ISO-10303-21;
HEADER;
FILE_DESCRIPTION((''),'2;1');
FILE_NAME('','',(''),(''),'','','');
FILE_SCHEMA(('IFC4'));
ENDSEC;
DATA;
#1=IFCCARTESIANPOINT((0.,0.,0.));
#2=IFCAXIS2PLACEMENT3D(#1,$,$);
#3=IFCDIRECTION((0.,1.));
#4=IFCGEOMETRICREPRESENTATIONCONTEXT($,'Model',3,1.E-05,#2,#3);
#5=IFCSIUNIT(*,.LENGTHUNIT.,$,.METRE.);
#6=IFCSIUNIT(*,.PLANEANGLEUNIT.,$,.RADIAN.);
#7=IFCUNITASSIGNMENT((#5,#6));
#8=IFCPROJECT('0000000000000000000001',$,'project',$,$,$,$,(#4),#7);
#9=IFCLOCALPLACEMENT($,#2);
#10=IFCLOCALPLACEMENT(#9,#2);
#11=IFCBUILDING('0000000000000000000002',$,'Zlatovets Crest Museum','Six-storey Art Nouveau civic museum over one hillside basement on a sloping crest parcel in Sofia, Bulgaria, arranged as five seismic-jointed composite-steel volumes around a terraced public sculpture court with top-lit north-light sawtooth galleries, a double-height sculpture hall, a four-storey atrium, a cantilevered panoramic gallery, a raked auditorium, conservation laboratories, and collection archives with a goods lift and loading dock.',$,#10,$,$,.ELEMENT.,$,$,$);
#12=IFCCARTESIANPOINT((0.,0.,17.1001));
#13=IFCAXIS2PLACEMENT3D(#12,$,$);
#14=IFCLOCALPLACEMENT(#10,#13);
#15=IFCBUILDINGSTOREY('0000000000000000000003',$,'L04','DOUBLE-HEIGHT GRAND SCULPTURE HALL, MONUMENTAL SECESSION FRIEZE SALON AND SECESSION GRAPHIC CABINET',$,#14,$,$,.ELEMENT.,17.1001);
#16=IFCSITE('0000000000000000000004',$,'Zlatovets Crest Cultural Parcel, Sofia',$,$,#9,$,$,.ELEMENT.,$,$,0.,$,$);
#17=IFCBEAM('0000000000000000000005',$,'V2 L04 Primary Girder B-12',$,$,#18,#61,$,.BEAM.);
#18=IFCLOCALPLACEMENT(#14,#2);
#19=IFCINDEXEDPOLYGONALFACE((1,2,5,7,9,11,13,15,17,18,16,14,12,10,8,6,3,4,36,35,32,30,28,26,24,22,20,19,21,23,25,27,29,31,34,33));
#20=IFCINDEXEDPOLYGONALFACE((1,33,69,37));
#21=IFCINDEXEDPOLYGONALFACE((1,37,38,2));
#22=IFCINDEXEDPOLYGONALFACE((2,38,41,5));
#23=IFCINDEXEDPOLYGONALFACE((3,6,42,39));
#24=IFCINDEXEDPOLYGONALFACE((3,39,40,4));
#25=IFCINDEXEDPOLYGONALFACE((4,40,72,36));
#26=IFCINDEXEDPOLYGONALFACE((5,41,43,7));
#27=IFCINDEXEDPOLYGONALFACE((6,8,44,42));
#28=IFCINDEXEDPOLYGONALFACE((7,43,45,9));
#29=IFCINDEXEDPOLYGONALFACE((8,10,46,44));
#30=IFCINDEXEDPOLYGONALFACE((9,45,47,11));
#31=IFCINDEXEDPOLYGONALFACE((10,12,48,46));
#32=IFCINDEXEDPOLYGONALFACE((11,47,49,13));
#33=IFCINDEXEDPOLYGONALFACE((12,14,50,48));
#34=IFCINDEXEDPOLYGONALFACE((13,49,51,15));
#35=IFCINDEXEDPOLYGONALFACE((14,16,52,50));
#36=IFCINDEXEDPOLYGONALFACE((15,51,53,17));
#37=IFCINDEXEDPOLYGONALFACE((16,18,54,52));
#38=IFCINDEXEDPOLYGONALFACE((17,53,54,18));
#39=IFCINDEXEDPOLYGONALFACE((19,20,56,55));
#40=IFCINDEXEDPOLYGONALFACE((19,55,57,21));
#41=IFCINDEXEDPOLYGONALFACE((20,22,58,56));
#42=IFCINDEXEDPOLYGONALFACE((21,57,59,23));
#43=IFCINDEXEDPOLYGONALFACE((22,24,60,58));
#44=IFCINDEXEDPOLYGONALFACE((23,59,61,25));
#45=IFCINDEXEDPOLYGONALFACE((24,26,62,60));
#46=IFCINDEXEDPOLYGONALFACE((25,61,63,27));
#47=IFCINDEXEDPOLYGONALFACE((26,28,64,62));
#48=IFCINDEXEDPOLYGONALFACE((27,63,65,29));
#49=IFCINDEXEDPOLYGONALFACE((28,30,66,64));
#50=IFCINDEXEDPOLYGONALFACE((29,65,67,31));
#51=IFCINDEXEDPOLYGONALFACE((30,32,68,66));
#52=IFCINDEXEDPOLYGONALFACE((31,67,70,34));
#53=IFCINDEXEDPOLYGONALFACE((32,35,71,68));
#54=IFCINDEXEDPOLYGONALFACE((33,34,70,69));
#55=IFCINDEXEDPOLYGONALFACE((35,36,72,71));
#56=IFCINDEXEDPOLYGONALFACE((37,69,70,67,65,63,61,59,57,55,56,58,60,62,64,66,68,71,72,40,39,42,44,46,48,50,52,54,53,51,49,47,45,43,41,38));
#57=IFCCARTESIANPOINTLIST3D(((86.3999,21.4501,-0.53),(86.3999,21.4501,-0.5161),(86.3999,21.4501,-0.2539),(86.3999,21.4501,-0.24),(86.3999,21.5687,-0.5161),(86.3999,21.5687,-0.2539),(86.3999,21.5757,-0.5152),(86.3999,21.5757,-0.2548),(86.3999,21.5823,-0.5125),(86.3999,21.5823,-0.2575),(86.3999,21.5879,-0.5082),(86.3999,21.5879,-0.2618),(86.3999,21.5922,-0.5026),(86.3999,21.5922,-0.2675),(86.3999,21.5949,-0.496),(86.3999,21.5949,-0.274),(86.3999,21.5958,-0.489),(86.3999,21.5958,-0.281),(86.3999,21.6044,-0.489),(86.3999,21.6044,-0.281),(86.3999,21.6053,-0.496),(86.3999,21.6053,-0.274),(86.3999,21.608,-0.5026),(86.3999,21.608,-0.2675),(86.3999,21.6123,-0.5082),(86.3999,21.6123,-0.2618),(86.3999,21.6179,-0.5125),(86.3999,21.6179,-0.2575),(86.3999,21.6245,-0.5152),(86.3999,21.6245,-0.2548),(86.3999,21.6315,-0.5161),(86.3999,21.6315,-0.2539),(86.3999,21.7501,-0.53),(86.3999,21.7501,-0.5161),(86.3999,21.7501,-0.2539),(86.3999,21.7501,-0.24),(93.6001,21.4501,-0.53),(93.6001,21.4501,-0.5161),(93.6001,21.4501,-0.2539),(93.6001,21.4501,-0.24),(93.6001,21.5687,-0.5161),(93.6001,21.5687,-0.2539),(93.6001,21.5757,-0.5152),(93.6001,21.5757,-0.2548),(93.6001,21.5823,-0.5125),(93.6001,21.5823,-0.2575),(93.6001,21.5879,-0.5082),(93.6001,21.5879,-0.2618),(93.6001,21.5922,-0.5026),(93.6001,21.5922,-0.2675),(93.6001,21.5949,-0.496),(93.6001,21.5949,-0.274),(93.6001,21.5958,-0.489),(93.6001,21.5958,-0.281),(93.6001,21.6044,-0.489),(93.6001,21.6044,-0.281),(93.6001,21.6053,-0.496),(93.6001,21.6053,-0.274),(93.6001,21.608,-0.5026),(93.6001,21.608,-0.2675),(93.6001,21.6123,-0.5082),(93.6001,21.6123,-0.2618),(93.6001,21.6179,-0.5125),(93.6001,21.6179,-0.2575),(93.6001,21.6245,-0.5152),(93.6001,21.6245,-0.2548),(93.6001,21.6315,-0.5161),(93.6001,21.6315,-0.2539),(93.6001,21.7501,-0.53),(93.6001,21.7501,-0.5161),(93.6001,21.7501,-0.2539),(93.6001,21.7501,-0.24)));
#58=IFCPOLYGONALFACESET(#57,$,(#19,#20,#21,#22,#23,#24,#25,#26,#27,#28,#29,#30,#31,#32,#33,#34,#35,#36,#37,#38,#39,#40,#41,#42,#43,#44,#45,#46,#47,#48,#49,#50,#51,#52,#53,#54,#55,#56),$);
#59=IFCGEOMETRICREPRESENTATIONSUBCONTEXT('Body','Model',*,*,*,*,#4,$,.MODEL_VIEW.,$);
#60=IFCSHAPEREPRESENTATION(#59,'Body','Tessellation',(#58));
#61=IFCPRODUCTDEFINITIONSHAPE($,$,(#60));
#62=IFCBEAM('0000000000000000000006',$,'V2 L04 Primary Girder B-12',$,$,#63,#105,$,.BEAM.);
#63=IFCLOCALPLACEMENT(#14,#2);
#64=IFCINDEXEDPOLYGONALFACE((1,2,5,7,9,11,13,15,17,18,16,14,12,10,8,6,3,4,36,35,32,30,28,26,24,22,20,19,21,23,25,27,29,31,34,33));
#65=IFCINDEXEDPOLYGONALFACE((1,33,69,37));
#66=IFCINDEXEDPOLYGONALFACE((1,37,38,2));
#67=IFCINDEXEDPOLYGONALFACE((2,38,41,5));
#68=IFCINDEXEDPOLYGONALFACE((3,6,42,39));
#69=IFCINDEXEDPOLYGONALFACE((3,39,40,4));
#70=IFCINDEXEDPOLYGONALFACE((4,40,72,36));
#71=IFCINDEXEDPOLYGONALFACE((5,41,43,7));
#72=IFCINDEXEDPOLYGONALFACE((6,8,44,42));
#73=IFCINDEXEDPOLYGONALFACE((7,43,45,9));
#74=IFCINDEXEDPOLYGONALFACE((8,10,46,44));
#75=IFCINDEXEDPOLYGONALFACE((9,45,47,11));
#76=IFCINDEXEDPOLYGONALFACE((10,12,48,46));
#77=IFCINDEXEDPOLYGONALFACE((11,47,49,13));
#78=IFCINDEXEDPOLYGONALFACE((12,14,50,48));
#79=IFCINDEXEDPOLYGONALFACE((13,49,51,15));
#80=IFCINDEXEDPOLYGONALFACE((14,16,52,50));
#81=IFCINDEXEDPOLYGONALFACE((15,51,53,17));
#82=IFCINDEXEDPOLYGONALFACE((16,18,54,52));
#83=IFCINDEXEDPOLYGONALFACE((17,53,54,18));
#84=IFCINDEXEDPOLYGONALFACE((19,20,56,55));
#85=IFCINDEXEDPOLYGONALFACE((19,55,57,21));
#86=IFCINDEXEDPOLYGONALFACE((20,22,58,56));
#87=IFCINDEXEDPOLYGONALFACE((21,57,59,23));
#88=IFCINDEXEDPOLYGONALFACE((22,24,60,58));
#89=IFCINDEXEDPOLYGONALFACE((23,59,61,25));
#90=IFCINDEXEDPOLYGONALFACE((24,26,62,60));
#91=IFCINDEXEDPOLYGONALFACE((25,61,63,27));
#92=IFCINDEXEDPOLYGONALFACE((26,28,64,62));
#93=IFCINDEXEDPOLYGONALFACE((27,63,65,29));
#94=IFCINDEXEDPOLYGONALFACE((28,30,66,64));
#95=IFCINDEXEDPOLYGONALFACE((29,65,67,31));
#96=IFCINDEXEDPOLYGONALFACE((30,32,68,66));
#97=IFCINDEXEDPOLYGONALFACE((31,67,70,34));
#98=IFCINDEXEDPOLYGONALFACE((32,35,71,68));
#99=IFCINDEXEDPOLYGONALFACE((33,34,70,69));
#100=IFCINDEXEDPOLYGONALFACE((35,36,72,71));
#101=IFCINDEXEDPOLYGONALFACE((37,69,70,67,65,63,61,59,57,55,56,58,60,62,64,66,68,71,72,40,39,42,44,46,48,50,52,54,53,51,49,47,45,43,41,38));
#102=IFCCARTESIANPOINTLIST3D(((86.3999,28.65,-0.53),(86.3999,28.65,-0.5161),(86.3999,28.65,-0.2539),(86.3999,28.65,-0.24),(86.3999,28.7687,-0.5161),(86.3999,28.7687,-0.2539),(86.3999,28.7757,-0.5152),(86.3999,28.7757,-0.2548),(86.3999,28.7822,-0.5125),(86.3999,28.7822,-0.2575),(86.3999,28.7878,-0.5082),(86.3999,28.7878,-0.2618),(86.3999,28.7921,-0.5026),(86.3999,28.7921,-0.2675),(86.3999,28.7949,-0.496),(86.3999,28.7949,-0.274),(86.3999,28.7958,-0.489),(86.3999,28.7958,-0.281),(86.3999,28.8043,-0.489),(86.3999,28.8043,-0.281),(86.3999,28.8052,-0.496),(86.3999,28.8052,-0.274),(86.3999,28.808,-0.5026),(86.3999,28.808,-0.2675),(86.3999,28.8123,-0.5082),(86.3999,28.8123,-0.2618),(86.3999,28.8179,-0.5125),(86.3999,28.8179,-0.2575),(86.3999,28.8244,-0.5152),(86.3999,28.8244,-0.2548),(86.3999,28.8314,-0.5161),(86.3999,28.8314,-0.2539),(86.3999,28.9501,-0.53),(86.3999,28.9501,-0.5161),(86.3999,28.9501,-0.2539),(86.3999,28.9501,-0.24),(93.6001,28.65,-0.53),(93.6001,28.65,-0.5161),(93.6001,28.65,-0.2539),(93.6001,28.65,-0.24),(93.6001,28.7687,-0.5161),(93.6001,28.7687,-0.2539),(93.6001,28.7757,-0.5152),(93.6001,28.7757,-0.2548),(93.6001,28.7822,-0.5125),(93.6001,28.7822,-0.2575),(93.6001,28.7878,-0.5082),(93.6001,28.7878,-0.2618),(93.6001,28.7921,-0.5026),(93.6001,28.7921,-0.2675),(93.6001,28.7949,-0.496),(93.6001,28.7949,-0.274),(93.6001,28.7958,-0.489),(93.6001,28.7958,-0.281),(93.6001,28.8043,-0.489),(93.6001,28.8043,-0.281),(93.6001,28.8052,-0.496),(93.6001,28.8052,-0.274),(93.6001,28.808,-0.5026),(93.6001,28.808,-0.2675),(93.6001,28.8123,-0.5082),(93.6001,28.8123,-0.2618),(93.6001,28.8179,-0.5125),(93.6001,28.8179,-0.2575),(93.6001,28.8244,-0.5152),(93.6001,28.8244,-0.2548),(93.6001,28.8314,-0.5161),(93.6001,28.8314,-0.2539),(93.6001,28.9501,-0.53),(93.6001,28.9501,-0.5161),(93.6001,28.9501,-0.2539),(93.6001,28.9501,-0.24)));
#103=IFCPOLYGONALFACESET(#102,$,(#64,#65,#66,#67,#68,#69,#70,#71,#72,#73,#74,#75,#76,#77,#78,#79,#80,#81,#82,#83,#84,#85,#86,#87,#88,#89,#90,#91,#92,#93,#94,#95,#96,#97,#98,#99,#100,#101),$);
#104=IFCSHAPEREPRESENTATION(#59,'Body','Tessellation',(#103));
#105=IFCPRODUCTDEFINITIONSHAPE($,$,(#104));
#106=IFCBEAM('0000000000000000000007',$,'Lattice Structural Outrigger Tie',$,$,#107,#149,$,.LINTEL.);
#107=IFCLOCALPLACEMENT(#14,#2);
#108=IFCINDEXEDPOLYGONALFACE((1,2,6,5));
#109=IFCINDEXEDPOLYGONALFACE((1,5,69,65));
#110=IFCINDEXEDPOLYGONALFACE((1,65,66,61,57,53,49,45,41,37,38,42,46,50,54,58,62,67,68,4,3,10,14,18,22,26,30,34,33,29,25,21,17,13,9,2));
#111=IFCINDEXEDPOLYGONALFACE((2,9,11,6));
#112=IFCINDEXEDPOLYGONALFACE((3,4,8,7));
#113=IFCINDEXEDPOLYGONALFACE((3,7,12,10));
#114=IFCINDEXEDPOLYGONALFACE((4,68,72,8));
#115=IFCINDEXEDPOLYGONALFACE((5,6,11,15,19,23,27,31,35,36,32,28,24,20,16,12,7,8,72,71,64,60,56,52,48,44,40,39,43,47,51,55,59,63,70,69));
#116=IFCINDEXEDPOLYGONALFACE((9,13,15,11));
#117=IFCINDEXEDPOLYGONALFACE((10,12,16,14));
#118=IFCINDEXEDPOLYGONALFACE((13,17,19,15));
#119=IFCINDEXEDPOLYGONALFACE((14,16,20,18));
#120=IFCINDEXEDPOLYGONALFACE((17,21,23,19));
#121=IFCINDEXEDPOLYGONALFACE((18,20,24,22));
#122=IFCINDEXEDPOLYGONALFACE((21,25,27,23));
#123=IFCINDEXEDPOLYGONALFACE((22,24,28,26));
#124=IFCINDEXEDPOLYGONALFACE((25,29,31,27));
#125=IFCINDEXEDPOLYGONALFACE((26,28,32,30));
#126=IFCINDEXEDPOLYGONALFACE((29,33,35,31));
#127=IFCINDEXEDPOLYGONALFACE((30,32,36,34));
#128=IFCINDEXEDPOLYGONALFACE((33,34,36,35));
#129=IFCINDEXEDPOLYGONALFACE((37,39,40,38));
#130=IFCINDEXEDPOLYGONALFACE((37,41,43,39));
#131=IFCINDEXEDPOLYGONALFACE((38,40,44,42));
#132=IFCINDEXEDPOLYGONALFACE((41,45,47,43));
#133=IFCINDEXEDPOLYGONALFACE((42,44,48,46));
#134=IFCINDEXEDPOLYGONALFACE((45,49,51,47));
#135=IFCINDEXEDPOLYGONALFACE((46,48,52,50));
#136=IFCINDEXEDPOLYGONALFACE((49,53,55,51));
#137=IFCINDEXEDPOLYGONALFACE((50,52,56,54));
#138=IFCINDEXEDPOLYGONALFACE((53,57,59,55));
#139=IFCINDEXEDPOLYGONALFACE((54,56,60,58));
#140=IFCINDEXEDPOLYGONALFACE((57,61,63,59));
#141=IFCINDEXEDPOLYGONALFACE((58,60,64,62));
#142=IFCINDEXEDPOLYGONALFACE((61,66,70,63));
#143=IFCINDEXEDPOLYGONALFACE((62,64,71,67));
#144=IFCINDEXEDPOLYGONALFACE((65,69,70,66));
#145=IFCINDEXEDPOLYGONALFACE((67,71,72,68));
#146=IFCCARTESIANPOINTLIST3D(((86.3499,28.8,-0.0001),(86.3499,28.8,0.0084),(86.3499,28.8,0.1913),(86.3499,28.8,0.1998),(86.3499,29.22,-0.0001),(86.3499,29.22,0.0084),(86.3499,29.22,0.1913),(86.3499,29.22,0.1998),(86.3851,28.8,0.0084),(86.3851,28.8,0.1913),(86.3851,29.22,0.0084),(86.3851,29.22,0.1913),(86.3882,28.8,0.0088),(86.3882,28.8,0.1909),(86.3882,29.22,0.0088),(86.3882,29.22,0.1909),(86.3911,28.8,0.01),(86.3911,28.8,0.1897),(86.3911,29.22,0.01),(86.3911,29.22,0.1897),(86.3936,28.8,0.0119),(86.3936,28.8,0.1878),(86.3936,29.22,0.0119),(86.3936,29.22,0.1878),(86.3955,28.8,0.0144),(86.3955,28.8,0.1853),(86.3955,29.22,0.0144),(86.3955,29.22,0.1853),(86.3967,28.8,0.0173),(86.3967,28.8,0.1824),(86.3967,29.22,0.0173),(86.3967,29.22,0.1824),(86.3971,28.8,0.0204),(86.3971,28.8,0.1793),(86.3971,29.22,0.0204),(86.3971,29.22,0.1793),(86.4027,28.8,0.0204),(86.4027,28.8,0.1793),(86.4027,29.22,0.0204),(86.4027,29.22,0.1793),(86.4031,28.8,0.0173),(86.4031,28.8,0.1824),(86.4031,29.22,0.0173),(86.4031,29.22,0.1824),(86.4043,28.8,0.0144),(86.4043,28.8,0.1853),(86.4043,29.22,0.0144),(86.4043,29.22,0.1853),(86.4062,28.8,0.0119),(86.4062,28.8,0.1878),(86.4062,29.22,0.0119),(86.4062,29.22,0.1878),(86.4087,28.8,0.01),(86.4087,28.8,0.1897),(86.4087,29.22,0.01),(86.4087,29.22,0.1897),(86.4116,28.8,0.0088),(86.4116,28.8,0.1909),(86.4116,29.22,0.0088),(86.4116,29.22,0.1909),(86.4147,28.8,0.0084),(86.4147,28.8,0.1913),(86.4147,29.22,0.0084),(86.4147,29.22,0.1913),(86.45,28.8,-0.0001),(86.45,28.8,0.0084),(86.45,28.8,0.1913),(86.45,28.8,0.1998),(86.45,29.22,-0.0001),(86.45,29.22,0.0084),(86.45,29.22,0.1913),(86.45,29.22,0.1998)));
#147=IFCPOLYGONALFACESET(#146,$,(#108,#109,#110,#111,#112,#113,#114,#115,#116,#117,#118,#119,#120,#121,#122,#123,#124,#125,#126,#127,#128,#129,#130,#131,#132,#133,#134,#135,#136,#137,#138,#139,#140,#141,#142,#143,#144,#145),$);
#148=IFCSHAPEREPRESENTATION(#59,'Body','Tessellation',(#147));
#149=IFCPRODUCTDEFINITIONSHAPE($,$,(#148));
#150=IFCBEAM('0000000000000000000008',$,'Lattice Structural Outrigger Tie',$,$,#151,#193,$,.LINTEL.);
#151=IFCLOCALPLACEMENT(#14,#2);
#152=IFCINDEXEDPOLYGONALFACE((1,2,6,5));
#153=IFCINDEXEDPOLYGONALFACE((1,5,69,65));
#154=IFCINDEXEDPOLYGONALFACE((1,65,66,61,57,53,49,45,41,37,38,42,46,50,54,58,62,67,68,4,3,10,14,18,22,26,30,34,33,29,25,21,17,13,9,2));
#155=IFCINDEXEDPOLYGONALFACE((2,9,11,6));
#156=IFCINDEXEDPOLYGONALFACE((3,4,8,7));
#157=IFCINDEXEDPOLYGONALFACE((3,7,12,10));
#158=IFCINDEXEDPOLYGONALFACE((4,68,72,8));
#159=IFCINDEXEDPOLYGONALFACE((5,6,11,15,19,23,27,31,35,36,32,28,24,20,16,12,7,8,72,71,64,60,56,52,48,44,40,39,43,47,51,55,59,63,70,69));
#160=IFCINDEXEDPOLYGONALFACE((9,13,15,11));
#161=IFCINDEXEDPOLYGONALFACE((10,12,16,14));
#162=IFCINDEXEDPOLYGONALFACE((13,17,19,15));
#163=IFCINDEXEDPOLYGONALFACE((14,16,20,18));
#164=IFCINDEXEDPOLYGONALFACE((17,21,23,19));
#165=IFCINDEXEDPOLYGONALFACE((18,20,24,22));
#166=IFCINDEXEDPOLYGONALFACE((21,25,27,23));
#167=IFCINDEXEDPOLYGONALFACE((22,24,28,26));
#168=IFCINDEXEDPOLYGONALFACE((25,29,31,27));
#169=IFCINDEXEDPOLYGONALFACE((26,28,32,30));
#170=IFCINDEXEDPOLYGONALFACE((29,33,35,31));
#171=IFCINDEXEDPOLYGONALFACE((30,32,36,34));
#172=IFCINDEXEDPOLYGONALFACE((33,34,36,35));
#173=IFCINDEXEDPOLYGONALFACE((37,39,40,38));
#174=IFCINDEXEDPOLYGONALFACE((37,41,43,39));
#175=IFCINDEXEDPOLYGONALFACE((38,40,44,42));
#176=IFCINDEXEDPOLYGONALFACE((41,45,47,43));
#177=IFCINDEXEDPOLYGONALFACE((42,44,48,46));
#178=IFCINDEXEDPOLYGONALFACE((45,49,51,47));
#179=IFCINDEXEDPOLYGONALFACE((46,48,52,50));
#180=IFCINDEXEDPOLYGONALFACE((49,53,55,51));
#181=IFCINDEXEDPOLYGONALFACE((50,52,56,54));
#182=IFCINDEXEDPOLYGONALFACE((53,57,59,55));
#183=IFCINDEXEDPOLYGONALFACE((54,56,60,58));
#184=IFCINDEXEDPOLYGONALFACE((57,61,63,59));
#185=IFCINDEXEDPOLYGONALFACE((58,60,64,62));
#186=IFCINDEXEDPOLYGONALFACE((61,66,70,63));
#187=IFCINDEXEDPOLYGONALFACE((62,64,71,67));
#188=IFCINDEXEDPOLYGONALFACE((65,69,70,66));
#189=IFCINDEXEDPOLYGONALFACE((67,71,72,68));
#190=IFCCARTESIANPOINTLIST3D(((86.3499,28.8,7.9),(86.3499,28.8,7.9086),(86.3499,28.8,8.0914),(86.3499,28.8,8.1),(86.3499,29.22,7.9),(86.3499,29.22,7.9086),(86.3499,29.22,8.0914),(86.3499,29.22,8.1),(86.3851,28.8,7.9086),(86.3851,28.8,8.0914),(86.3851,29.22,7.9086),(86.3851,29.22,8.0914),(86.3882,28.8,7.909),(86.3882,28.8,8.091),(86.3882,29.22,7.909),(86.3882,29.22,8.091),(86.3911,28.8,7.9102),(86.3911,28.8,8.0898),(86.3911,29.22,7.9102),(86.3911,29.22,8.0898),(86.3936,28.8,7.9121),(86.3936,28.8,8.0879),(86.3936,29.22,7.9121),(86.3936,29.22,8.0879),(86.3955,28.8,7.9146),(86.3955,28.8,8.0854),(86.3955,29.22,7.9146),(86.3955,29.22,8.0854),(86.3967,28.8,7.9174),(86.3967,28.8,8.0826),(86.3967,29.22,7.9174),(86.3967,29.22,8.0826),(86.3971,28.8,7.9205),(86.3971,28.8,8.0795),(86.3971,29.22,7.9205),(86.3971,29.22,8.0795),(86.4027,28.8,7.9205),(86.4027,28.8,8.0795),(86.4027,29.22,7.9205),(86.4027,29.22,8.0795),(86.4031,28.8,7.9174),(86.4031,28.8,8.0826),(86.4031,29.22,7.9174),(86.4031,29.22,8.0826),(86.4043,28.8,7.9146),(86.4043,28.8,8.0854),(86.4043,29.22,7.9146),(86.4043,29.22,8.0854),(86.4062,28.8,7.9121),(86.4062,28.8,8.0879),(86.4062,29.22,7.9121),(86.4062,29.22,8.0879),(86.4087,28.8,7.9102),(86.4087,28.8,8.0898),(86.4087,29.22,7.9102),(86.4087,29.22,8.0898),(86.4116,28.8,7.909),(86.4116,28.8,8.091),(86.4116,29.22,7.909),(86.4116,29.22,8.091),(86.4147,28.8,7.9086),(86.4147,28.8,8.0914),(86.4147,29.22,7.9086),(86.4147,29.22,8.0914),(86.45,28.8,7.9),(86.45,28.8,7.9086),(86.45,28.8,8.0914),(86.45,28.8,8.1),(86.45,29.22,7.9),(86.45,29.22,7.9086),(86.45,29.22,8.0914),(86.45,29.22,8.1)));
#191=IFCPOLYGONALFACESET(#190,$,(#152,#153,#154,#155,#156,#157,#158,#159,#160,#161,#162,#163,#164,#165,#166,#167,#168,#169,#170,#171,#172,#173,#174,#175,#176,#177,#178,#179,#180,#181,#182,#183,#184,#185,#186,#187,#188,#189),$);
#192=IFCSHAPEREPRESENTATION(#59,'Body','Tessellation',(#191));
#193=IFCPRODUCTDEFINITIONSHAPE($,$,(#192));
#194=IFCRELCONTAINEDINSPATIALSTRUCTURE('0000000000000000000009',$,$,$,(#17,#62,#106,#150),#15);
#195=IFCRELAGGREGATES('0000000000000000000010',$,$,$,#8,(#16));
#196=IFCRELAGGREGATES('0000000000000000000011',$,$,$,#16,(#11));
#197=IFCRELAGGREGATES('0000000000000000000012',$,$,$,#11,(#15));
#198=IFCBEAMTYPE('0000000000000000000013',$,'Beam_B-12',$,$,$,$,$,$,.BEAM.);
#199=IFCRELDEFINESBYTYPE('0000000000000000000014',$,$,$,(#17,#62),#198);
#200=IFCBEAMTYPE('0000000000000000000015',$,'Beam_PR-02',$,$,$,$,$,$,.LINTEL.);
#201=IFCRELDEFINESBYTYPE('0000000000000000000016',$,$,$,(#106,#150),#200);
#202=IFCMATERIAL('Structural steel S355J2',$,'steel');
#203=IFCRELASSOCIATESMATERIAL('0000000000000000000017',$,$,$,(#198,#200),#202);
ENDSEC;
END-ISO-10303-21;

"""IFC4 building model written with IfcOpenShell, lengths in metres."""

from ifc_helpers import new_model, si_unit, direction, frame, origin, origin_2d, place, context, subcontext, project, spatial, i_section, extrude, material, material_profile, profile_set, type_object, element, save


model = new_model("IFC4")

# Units and contexts
model_context = context("Model", 3, precision=1e-05, world=origin(), true_north=direction((0.0, 1.0)))
body_context = subcontext(model_context, "Body", "Model", "MODEL_VIEW")
ifc_project = project(units=[si_unit("LENGTHUNIT", "METRE"), si_unit("PLANEANGLEUNIT", "RADIAN")], contexts=[model_context])

# Site, building, storey
site_placement = place(None, origin())
site = spatial("IfcSite", under=ifc_project, at=site_placement, Name="Zlatovets Crest Cultural Parcel, Sofia", CompositionType="ELEMENT", RefElevation=0.0)
building_placement = place(site_placement, origin())
building = spatial("IfcBuilding", under=site, at=building_placement, Name="Zlatovets Crest Museum", Description="Six-storey Art Nouveau civic museum over one hillside basement on a sloping crest parcel in Sofia, Bulgaria, arranged as five seismic-jointed composite-steel volumes around a terraced public sculpture court with top-lit north-light sawtooth galleries, a double-height sculpture hall, a four-storey atrium, a cantilevered panoramic gallery, a raked auditorium, conservation laboratories, and collection archives with a goods lift and loading dock.", CompositionType="ELEMENT")
storey_placement = place(building_placement, frame((0.0, 0.0, 17.1001)))
storey = spatial("IfcBuildingStorey", under=building, at=storey_placement, Name="L04", Description="DOUBLE-HEIGHT GRAND SCULPTURE HALL, MONUMENTAL SECESSION FRIEZE SALON AND SECESSION GRAPHIC CABINET", CompositionType="ELEMENT", Elevation=17.1001)

# Shared definitions
ifc_material_1 = material(Name="Structural steel S355J2", Category="steel")

# Beams
ifc_material_profile_1 = material_profile(ifc_material_1, i_section(OverallWidth=0.3, OverallDepth=0.29, WebThickness=0.0085, FlangeThickness=0.0139, FilletRadius=0.0271, at=origin_2d()), Name="HEA 300")
ifc_profile_set_1 = profile_set([ifc_material_profile_1], Name="Structural steel S355J2")
beam_type_1 = type_object("IfcBeamType", Name="Beam_B-12", PredefinedType="BEAM", material=ifc_profile_set_1)
for number, where, z_axis, x_axis, name in (
    (1, (86.3999, 21.6001, -0.385), (1.0, 0.0, 0.0), (0.0, 1.0, 0.0), "V2 L04 Primary Girder B-12"),
    (2, (86.3999, 28.8, -0.385), (1.0, 0.0, 0.0), (0.0, 1.0, 0.0), "V2 L04 Primary Girder B-12"),
):
    element("IfcBeam", number, at=place(storey_placement, frame(where, z_axis=z_axis, x_axis=x_axis)), inside=storey, type_object=beam_type_1, Name=name, PredefinedType="BEAM", context=body_context, shape_type="SweptSolid", body=[
        extrude(i_section(OverallWidth=0.3, OverallDepth=0.29, WebThickness=0.0085, FlangeThickness=0.0139, FilletRadius=0.0271, at=origin_2d()), origin(), (0.0, 0.0, 1.0), 7.2002),
    ])
ifc_material_profile_2 = material_profile(ifc_material_1, i_section(OverallWidth=0.1001, OverallDepth=0.2, WebThickness=0.0056, FlangeThickness=0.0085, FilletRadius=0.012, at=origin_2d()), Name="IPE 200")
ifc_profile_set_2 = profile_set([ifc_material_profile_2], Name="Structural steel S355J2")
beam_type_2 = type_object("IfcBeamType", Name="Beam_PR-02", PredefinedType="LINTEL", material=ifc_profile_set_2)
for number, where, z_axis, x_axis, name in (
    (3, (86.3999, 28.8, 0.0999), (0.0, 1.0, 0.0), (-1.0, 0.0, 0.0), "Lattice Structural Outrigger Tie"),
    (4, (86.3999, 28.8, 8.0), (0.0, 1.0, 0.0), (-1.0, 0.0, 0.0), "Lattice Structural Outrigger Tie"),
):
    element("IfcBeam", number, at=place(storey_placement, frame(where, z_axis=z_axis, x_axis=x_axis)), inside=storey, type_object=beam_type_2, Name=name, PredefinedType="LINTEL", context=body_context, shape_type="SweptSolid", body=[
        extrude(i_section(OverallWidth=0.1001, OverallDepth=0.2, WebThickness=0.0056, FlangeThickness=0.0085, FilletRadius=0.012, at=origin_2d()), origin(), (0.0, 0.0, 1.0), 0.4199),
    ])

save(model, "model.ifc")
